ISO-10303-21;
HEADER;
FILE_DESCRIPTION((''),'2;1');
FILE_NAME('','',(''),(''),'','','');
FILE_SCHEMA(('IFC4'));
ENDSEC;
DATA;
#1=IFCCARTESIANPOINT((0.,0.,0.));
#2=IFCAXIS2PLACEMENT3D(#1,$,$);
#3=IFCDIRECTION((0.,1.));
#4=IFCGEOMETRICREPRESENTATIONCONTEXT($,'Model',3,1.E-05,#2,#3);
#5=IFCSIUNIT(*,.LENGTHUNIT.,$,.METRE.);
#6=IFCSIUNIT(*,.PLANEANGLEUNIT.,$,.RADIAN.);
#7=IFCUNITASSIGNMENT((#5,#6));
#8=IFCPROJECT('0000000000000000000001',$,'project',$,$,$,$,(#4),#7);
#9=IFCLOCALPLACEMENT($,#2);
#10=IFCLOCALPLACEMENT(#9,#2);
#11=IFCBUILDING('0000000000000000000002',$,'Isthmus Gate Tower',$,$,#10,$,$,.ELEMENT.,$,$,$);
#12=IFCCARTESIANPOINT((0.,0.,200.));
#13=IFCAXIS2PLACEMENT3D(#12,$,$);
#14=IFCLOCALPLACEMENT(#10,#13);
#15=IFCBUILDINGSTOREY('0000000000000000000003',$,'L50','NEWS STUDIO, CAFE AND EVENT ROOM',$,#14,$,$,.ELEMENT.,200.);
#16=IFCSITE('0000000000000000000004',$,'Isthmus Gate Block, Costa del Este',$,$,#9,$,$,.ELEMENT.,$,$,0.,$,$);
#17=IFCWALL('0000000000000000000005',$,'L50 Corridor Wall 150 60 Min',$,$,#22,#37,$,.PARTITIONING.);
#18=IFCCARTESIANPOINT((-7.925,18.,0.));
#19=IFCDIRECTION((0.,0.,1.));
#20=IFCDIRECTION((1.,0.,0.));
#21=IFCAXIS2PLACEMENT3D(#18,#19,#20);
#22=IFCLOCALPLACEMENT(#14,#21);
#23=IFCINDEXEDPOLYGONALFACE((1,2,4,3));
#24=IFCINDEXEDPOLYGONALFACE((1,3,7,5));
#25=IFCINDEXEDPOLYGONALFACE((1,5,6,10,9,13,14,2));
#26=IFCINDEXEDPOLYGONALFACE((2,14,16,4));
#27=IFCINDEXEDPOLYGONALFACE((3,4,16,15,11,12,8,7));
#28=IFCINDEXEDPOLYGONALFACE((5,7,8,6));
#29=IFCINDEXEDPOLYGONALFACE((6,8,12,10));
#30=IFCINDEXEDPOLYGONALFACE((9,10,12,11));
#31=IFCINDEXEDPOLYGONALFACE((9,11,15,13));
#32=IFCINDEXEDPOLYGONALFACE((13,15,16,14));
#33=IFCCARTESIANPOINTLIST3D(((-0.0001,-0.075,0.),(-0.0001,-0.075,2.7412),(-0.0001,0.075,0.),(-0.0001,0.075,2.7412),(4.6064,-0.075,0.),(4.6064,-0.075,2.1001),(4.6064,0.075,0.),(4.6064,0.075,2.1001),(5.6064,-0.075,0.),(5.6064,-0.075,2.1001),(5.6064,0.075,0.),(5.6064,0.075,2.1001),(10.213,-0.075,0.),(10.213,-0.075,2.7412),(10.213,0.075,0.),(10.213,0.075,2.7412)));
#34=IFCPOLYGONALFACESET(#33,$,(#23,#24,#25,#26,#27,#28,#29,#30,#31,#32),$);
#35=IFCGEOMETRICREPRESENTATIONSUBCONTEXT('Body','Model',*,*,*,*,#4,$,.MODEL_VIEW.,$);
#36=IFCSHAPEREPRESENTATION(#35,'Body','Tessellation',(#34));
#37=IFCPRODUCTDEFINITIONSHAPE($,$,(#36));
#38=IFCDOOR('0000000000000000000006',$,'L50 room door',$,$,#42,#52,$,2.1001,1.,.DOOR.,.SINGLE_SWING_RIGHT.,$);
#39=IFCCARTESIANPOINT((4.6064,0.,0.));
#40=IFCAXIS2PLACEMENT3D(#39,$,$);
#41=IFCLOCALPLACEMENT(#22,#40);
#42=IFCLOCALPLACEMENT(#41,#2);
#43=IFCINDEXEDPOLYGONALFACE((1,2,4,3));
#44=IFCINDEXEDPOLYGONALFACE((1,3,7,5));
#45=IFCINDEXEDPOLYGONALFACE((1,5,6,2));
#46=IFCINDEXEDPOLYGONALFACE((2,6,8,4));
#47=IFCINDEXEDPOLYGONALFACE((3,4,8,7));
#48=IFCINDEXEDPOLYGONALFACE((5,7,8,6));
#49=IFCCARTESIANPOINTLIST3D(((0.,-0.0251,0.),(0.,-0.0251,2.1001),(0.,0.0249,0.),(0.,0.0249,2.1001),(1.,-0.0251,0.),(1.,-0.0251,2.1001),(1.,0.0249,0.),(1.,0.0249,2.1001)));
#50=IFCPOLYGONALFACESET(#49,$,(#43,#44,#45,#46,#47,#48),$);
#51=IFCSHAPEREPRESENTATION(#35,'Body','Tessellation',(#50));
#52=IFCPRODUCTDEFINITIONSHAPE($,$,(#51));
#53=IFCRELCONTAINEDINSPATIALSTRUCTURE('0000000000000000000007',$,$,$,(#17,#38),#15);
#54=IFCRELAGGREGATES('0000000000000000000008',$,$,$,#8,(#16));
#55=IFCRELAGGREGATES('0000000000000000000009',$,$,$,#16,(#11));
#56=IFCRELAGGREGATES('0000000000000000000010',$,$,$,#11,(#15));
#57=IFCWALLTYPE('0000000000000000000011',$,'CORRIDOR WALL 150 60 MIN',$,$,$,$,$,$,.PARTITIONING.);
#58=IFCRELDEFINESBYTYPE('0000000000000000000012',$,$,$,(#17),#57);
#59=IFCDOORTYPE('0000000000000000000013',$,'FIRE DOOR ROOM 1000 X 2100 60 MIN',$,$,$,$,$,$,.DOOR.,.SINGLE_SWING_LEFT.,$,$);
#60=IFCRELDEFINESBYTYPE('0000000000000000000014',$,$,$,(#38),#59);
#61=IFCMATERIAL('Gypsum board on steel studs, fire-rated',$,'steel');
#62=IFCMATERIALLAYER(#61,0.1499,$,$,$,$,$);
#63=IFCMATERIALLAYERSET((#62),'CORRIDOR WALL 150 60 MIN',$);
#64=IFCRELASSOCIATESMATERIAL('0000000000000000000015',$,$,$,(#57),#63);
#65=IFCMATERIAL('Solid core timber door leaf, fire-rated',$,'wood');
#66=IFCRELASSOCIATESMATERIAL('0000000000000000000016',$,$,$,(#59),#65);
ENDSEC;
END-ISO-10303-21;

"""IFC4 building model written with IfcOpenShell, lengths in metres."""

from ifc_helpers import new_model, si_unit, direction, frame, frame_2d, origin, place, context, subcontext, project, spatial, rectangle, extrude, material, layer, layer_set, type_object, element, fill, save


model = new_model("IFC4")

# Units and contexts
model_context = context("Model", 3, precision=1e-05, world=origin(), true_north=direction((0.0, 1.0)))
body_context = subcontext(model_context, "Body", "Model", "MODEL_VIEW")
ifc_project = project(units=[si_unit("LENGTHUNIT", "METRE"), si_unit("PLANEANGLEUNIT", "RADIAN")], contexts=[model_context])

# Site, building, storey
site_placement = place(None, origin())
site = spatial("IfcSite", under=ifc_project, at=site_placement, Name="Isthmus Gate Block, Costa del Este", CompositionType="ELEMENT", RefElevation=0.0)
building_placement = place(site_placement, origin())
building = spatial("IfcBuilding", under=site, at=building_placement, Name="Isthmus Gate Tower", CompositionType="ELEMENT")
storey_placement = place(building_placement, frame((0.0, 0.0, 200.0)))
storey = spatial("IfcBuildingStorey", under=building, at=storey_placement, Name="L50", Description="NEWS STUDIO, CAFE AND EVENT ROOM", CompositionType="ELEMENT", Elevation=200.0)

# Shared definitions
ifc_material_1 = material(Name="Gypsum board on steel studs, fire-rated", Category="steel")
ifc_layer_1 = layer(ifc_material_1, 0.1499)
ifc_layer_set_1 = layer_set([ifc_layer_1], Name="CORRIDOR WALL 150 60 MIN")
wall_type_1 = type_object("IfcWallType", Name="CORRIDOR WALL 150 60 MIN", PredefinedType="PARTITIONING", material=ifc_layer_set_1)

# Wall, opening, door
wall_1_placement = place(storey_placement, frame((-7.925, 18.0, 0.0), z_axis=(0.0, 0.0, 1.0), x_axis=(1.0, 0.0, 0.0)))
wall_1 = element("IfcWall", 1, at=wall_1_placement, inside=storey, type_object=wall_type_1, Name="L50 Corridor Wall 150 60 Min", PredefinedType="PARTITIONING", context=body_context, shape_type="SweptSolid", body=[
    extrude(rectangle(XDim=10.2131, YDim=0.1499, at=frame_2d((5.1064, 0.0))), origin(), (0.0, 0.0, 1.0), 2.7412),
])
opening_placement = place(wall_1_placement, frame((4.6064, 0.0, 0.0)))
opening = element("IfcOpeningElement", 2, at=opening_placement, cuts=wall_1, PredefinedType="OPENING", context=body_context, shape_type="SweptSolid", body=[
    extrude(rectangle(XDim=1.0, YDim=2.1001, at=frame_2d((0.5, 1.05))), frame((0.0, 0.085, 0.0), z_axis=(0.0, -1.0, 0.0), x_axis=(1.0, 0.0, 0.0)), (0.0, 0.0, 1.0), 0.1699),
])
ifc_material_2 = material(Name="Solid core timber door leaf, fire-rated", Category="wood")
door_type = type_object("IfcDoorType", Name="FIRE DOOR ROOM 1000 X 2100 60 MIN", OperationType="SINGLE_SWING_LEFT", PredefinedType="DOOR", material=ifc_material_2)
door_placement = place(opening_placement, origin())
door = element("IfcDoor", 3, at=door_placement, inside=storey, type_object=door_type, Name="L50 room door", OperationType="SINGLE_SWING_RIGHT", OverallHeight=2.1001, OverallWidth=1.0, PredefinedType="DOOR", context=body_context, shape_type="SweptSolid", body=[
    extrude(rectangle(XDim=1.0, YDim=2.1001, at=frame_2d((0.5, 1.05))), frame((0.0, 0.0249, 0.0), z_axis=(0.0, -1.0, 0.0), x_axis=(1.0, 0.0, 0.0)), (0.0, 0.0, 1.0), 0.05),
])
fill(opening, door)

save(model, "model.ifc")
